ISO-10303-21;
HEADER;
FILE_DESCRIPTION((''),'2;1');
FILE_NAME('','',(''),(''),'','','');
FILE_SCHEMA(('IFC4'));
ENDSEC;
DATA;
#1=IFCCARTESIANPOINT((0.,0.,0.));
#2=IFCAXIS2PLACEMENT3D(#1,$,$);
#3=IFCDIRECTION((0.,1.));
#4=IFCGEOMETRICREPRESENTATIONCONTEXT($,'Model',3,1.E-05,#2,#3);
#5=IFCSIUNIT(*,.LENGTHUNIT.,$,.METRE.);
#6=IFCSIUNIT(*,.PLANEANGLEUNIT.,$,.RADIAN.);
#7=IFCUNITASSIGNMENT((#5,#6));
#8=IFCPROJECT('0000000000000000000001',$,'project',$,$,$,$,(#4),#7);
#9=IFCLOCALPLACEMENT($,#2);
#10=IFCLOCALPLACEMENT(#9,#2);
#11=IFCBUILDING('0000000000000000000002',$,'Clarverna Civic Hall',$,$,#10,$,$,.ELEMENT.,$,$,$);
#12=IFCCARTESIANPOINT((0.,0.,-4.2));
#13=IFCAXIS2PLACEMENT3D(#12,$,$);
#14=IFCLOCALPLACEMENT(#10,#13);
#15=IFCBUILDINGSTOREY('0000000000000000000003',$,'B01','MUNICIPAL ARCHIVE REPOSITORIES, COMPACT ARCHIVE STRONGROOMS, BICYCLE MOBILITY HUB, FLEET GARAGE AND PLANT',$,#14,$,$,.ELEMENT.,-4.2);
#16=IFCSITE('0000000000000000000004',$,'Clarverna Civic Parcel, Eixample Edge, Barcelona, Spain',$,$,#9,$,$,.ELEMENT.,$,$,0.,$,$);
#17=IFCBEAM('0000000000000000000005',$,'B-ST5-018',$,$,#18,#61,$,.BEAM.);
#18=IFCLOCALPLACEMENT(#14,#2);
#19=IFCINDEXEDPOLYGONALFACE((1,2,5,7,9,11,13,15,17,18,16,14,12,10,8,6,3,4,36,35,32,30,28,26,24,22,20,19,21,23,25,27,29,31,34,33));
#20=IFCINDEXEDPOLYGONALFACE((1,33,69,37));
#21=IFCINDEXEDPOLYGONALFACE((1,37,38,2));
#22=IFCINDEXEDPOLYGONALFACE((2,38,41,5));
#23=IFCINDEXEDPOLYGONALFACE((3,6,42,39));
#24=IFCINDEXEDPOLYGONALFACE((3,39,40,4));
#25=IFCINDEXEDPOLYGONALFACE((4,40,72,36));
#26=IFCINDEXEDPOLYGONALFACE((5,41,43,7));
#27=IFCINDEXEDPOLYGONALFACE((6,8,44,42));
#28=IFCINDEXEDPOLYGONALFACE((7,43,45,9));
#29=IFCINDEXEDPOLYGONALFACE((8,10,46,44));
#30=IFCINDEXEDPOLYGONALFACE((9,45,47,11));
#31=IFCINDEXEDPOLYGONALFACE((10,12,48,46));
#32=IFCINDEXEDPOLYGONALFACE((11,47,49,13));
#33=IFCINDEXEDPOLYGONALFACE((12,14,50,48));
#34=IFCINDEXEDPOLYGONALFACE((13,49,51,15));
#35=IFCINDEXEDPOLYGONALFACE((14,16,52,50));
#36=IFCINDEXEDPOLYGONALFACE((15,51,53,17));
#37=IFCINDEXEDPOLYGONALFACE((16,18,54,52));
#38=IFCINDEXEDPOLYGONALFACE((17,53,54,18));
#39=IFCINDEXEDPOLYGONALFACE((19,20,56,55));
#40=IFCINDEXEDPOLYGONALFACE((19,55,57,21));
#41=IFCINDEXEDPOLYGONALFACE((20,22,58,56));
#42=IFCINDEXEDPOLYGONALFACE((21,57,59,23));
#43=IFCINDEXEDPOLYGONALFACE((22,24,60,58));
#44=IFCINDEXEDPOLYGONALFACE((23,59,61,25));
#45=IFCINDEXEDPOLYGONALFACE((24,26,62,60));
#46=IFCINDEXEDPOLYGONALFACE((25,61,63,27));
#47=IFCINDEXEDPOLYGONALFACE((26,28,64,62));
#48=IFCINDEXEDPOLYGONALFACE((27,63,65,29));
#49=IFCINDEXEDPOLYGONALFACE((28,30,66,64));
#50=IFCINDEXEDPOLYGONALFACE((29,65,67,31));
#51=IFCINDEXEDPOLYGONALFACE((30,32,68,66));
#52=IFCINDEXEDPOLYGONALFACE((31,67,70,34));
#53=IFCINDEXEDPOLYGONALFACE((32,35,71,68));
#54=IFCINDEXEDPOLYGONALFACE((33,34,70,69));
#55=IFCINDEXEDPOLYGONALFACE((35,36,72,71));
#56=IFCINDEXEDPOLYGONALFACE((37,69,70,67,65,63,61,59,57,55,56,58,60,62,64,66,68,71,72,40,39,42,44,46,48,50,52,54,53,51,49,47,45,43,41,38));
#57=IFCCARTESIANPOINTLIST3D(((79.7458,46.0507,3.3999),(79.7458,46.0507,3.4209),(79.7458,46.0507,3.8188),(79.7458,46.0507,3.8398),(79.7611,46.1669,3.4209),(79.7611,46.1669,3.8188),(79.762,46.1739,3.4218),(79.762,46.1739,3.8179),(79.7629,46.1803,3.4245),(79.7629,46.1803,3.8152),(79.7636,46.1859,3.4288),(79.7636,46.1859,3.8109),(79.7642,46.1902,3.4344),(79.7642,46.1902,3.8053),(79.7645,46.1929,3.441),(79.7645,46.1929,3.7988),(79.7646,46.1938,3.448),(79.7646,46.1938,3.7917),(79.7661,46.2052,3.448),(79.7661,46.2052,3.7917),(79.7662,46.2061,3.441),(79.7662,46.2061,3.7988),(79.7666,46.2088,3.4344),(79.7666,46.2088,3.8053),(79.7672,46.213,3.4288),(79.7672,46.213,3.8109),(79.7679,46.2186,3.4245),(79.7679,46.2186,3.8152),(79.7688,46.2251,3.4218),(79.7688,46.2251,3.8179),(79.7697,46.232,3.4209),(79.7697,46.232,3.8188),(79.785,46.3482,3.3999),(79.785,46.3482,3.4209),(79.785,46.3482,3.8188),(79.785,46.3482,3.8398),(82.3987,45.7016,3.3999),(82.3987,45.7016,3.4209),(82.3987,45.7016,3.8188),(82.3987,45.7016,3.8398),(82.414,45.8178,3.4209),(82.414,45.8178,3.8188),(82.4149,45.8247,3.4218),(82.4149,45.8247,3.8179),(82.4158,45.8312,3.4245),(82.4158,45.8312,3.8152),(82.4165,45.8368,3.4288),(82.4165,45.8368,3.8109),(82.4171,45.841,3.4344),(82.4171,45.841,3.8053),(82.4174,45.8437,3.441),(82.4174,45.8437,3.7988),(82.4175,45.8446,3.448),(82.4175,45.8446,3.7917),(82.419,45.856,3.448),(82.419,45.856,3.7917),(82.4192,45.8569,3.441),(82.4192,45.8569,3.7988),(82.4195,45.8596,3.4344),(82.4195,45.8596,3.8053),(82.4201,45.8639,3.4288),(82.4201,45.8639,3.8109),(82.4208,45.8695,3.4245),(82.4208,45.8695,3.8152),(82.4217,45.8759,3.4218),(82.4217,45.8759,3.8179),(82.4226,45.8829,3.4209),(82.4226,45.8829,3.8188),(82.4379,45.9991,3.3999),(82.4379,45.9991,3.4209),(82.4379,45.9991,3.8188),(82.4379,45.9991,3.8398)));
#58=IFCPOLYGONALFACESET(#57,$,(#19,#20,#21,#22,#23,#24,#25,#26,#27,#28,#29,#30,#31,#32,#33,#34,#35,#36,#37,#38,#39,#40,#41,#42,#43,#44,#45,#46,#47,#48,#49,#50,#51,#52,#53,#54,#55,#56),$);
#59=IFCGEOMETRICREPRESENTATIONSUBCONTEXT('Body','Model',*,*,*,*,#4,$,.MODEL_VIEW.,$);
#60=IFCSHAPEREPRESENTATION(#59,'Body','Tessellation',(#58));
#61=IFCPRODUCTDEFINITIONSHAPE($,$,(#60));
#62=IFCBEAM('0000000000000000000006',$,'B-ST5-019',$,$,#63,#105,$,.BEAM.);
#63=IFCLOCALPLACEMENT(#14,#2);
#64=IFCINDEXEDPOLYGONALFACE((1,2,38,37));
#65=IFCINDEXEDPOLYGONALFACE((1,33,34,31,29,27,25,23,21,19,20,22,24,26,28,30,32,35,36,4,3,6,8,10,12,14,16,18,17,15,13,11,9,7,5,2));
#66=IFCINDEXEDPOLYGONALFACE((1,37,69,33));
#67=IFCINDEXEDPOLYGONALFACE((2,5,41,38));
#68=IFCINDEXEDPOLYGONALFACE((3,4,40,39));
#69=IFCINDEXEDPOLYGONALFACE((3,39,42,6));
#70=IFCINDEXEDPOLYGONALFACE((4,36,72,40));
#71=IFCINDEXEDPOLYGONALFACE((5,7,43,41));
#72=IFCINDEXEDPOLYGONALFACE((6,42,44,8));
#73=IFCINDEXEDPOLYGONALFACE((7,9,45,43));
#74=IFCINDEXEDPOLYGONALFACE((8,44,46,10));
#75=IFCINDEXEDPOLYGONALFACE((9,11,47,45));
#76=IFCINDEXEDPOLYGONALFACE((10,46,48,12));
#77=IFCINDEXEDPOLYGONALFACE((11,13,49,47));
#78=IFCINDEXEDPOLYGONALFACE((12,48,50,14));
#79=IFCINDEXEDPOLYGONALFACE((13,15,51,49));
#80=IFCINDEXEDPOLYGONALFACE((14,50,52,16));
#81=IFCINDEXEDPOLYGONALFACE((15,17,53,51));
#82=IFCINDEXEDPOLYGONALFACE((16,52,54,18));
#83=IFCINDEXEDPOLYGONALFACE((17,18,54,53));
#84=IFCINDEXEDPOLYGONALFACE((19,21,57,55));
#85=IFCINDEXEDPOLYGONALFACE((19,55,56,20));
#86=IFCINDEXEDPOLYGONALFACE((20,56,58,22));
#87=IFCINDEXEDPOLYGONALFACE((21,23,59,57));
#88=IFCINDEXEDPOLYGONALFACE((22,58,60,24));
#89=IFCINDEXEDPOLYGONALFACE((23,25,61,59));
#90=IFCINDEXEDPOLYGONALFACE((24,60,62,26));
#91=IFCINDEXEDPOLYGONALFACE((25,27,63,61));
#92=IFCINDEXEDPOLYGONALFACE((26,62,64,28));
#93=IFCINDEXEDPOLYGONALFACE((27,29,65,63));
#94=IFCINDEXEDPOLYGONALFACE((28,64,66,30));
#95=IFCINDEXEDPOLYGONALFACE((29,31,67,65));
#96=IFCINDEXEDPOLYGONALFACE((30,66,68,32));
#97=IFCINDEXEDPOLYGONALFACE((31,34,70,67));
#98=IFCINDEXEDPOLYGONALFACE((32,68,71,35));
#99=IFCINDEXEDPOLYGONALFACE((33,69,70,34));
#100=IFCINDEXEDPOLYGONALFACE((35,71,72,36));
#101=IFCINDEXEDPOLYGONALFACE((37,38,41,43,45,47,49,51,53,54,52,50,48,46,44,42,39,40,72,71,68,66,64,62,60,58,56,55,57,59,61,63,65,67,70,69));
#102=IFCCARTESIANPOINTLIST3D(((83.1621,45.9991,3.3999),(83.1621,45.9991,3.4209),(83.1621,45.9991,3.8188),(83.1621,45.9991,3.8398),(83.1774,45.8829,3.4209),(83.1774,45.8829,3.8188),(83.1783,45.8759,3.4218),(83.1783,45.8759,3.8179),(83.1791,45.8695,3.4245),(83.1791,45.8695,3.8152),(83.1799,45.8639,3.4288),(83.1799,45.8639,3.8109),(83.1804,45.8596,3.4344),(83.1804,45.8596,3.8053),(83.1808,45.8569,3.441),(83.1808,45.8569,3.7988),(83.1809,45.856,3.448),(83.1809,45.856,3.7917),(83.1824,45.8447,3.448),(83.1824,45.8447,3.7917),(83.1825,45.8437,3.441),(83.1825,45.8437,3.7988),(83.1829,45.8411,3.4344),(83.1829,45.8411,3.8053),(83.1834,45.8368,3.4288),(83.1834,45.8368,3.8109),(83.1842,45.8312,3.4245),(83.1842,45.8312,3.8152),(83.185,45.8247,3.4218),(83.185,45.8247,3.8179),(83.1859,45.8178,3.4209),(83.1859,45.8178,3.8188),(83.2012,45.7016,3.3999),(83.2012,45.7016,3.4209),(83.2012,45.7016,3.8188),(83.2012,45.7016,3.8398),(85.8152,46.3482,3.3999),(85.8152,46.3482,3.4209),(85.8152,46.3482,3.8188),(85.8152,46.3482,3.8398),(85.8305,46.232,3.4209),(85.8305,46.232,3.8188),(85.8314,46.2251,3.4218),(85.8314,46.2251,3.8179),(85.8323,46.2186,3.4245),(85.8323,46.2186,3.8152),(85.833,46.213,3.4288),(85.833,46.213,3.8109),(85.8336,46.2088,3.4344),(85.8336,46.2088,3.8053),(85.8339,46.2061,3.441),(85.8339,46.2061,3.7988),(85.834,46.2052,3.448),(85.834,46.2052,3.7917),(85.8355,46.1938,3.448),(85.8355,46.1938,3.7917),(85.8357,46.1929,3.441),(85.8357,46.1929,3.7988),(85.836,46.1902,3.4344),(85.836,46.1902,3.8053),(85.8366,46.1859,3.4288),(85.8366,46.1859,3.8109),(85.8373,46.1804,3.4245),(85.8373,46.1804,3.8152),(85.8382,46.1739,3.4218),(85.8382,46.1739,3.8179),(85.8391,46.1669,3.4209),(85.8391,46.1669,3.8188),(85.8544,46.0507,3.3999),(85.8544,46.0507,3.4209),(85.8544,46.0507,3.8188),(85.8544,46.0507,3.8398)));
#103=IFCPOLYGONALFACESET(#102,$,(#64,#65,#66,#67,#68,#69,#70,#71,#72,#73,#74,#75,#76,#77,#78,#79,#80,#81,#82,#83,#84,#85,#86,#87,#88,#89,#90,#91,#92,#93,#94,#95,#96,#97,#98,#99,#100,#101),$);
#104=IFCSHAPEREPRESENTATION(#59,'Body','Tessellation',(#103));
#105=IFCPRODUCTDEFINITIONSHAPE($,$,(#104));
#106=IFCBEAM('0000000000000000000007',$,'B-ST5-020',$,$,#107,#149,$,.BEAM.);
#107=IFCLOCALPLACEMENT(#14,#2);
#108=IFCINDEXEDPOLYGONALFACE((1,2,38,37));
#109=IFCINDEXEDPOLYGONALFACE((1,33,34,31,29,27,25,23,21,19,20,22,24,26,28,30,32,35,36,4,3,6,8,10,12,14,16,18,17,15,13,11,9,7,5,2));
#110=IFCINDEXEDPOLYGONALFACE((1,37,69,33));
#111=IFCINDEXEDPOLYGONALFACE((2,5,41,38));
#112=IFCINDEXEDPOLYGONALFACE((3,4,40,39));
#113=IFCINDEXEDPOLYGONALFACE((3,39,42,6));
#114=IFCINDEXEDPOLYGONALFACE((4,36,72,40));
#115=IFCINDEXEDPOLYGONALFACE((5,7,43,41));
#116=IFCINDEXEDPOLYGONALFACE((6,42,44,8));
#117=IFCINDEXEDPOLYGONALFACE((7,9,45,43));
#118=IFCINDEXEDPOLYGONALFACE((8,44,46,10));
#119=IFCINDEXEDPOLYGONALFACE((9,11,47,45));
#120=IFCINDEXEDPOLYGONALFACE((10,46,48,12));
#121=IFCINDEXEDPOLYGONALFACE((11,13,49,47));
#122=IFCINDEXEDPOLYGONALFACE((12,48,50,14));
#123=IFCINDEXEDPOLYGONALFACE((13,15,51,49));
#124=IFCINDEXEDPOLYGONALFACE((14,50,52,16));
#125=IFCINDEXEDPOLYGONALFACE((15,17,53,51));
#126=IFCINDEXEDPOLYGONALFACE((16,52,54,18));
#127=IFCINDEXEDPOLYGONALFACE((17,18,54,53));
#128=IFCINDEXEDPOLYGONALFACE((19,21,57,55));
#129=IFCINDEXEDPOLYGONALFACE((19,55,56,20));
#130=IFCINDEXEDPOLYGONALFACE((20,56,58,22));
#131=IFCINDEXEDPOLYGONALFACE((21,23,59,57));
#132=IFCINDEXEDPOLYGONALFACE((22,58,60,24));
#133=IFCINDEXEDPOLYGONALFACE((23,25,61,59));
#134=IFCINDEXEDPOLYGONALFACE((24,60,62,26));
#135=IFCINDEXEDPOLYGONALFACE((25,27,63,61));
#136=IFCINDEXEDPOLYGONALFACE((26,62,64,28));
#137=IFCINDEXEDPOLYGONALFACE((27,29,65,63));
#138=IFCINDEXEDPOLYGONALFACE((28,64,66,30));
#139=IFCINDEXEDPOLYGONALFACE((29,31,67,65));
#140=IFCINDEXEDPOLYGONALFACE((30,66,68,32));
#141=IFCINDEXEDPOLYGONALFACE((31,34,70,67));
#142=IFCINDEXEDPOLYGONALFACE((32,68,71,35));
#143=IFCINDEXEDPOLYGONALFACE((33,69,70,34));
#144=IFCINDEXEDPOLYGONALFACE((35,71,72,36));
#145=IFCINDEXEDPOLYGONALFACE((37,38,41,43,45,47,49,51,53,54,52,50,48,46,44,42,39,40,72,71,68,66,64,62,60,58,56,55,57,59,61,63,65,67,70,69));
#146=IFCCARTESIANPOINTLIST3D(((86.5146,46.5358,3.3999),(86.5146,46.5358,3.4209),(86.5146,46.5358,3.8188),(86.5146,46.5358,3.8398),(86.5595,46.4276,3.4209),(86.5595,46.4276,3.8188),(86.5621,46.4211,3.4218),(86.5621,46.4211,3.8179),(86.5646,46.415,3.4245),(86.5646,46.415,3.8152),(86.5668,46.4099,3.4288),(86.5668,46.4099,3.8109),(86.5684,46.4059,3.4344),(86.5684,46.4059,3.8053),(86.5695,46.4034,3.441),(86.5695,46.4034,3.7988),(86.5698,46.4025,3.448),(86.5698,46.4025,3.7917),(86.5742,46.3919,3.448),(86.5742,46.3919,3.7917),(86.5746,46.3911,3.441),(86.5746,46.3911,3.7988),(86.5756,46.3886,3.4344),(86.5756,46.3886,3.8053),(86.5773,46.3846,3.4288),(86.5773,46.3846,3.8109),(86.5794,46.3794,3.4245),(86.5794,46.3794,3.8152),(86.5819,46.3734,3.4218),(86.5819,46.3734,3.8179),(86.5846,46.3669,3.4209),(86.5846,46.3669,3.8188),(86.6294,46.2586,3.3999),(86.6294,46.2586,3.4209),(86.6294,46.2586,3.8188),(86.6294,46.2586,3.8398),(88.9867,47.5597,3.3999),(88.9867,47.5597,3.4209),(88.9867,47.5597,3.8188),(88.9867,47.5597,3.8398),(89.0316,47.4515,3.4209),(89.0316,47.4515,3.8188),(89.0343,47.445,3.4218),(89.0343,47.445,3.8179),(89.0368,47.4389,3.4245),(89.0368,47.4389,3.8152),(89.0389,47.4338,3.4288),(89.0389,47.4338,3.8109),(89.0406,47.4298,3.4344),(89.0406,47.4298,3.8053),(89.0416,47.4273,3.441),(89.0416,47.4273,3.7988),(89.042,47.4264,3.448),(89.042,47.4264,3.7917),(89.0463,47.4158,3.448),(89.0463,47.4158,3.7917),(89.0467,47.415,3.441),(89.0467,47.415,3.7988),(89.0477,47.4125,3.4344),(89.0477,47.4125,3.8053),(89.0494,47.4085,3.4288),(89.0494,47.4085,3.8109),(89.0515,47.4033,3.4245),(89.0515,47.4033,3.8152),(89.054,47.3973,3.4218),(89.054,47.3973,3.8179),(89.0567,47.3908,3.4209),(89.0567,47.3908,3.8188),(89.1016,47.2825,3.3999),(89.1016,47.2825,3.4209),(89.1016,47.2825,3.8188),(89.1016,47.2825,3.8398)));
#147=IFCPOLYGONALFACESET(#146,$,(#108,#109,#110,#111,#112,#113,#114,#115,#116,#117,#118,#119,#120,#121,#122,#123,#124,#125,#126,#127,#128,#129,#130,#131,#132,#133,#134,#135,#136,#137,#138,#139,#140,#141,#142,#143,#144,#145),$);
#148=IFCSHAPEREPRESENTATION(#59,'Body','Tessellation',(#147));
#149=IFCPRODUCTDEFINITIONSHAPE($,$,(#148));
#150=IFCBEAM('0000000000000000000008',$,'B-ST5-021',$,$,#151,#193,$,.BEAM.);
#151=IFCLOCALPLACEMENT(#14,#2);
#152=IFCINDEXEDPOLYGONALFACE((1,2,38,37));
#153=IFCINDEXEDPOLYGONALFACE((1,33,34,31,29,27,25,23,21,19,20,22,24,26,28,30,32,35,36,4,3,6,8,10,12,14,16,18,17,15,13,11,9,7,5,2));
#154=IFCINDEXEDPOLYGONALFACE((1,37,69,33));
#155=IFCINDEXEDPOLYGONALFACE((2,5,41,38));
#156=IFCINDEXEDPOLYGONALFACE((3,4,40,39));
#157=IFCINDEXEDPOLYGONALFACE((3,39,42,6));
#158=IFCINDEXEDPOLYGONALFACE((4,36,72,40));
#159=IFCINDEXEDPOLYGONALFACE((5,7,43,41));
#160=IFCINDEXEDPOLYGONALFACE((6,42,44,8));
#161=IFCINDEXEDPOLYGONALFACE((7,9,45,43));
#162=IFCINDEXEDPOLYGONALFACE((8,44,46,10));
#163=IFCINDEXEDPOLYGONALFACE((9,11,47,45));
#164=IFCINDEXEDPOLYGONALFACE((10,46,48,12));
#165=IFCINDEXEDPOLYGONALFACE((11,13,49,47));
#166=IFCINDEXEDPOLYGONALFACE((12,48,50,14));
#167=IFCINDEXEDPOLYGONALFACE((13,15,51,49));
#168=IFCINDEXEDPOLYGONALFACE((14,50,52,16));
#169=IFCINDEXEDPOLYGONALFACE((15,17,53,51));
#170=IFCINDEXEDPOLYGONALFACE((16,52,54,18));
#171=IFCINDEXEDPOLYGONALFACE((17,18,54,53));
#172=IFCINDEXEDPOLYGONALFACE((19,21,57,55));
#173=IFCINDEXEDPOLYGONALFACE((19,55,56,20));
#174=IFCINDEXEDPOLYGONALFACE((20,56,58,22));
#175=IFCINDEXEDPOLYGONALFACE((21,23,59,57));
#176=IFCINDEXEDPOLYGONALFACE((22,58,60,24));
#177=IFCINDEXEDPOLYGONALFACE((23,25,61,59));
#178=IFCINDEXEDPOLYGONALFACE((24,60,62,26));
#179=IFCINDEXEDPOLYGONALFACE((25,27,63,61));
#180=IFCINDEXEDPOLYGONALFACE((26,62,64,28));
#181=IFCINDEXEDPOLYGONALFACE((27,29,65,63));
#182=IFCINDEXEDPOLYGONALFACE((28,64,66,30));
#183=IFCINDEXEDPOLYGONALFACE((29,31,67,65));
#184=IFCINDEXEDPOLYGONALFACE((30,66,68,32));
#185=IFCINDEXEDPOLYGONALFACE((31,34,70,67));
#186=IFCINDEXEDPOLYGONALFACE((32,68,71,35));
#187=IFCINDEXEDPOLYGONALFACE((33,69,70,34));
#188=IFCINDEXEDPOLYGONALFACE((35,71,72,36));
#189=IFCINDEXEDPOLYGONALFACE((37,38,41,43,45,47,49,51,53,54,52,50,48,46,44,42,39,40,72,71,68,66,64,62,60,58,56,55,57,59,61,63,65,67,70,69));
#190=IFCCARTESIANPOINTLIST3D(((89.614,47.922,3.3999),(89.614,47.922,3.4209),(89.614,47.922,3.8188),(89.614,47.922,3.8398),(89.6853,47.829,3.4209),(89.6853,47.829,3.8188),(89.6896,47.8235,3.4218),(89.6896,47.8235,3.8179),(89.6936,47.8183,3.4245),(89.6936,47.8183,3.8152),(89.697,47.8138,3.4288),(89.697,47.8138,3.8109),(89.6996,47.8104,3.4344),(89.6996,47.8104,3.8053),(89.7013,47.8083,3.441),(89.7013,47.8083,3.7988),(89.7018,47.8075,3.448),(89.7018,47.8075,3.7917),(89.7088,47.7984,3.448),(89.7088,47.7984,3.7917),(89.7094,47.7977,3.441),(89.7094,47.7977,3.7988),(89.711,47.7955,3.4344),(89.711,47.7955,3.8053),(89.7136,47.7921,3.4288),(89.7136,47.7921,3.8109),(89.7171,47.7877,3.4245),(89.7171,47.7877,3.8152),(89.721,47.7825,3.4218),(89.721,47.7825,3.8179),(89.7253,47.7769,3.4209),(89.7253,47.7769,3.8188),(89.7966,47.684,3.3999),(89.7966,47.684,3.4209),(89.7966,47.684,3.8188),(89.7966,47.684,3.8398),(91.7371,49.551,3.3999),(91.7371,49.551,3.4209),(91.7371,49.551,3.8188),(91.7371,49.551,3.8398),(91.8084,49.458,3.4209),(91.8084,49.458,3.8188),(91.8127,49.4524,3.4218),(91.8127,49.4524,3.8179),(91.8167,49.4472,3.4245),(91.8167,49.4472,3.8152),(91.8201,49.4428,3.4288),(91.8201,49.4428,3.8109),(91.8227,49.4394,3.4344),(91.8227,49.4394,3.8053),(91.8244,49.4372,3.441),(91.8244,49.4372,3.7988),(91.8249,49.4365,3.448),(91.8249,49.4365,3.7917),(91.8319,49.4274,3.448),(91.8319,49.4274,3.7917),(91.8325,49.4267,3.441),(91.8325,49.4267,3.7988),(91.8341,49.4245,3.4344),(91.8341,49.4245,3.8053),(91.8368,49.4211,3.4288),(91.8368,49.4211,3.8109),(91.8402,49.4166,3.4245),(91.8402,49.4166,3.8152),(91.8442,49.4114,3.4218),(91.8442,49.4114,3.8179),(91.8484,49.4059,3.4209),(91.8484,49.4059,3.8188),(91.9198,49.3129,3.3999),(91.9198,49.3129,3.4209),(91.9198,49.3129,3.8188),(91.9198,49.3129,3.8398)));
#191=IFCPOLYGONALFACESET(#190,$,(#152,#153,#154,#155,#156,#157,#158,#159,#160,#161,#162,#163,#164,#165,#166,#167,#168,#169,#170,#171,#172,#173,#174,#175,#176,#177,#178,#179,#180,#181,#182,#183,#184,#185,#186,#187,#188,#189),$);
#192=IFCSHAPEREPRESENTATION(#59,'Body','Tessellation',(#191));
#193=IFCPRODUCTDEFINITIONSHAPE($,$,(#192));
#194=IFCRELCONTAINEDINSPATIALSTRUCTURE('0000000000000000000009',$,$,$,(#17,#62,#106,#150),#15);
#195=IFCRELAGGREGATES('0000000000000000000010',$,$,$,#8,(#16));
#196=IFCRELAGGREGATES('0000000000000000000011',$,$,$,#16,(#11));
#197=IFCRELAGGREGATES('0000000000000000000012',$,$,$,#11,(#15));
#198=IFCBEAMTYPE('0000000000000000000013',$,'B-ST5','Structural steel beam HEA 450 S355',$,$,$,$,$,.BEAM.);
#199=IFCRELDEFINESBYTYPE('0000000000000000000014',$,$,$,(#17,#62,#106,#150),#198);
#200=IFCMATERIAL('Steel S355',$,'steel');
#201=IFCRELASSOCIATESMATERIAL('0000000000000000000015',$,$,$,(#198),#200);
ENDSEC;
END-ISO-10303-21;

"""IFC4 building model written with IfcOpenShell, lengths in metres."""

from ifc_helpers import new_model, si_unit, direction, frame, origin, origin_2d, place, context, subcontext, project, spatial, i_section, extrude, material, material_profile, profile_set, type_object, element, save


model = new_model("IFC4")

# Units and contexts
model_context = context("Model", 3, precision=1e-05, world=origin(), true_north=direction((0.0, 1.0)))
body_context = subcontext(model_context, "Body", "Model", "MODEL_VIEW")
ifc_project = project(units=[si_unit("LENGTHUNIT", "METRE"), si_unit("PLANEANGLEUNIT", "RADIAN")], contexts=[model_context])

# Site, building, storey
site_placement = place(None, origin())
site = spatial("IfcSite", under=ifc_project, at=site_placement, Name="Clarverna Civic Parcel, Eixample Edge, Barcelona, Spain", CompositionType="ELEMENT", RefElevation=0.0)
building_placement = place(site_placement, origin())
building = spatial("IfcBuilding", under=site, at=building_placement, Name="Clarverna Civic Hall", CompositionType="ELEMENT")
storey_placement = place(building_placement, frame((0.0, 0.0, -4.2)))
storey = spatial("IfcBuildingStorey", under=building, at=storey_placement, Name="B01", Description="MUNICIPAL ARCHIVE REPOSITORIES, COMPACT ARCHIVE STRONGROOMS, BICYCLE MOBILITY HUB, FLEET GARAGE AND PLANT", CompositionType="ELEMENT", Elevation=-4.2)

# Beams
ifc_material_1 = material(Name="Steel S355", Category="steel")
ifc_material_profile_1 = material_profile(ifc_material_1, i_section(OverallWidth=0.3, OverallDepth=0.4399, WebThickness=0.0115, FlangeThickness=0.021, FilletRadius=0.0271, at=origin_2d()), Name="HEA 450")
ifc_profile_set_1 = profile_set([ifc_material_profile_1], Name="Steel S355")
beam_type_1 = type_object("IfcBeamType", Name="B-ST5", Description="Structural steel beam HEA 450 S355", PredefinedType="BEAM", material=ifc_profile_set_1)
beam_1_placement = place(storey_placement, frame((79.7654, 46.1995, 3.6199), z_axis=(0.991451, -0.130478, 0.0), x_axis=(0.130478, 0.991451, 0.0)))
element("IfcBeam", 1, at=beam_1_placement, inside=storey, type_object=beam_type_1, Name="B-ST5-018", PredefinedType="BEAM", context=body_context, shape_type="SweptSolid", body=[
    extrude(i_section(OverallWidth=0.3, OverallDepth=0.4399, WebThickness=0.0115, FlangeThickness=0.021, FilletRadius=0.0271, at=origin_2d()), origin(), (0.0, 0.0, 1.0), 2.6758),
])
beam_2_placement = place(storey_placement, frame((83.1816, 45.8503, 3.6199), z_axis=(0.991453, 0.130466, 0.0), x_axis=(-0.130466, 0.991453, 0.0)))
element("IfcBeam", 2, at=beam_2_placement, inside=storey, type_object=beam_type_1, Name="B-ST5-019", PredefinedType="BEAM", context=body_context, shape_type="SweptSolid", body=[
    extrude(i_section(OverallWidth=0.3, OverallDepth=0.4399, WebThickness=0.0115, FlangeThickness=0.021, FilletRadius=0.0271, at=origin_2d()), origin(), (0.0, 0.0, 1.0), 2.676),
])
beam_3_placement = place(storey_placement, frame((86.572, 46.3972, 3.6199), z_axis=(0.92389, 0.382658, 0.0), x_axis=(-0.382658, 0.92389, 0.0)))
element("IfcBeam", 3, at=beam_3_placement, inside=storey, type_object=beam_type_1, Name="B-ST5-020", PredefinedType="BEAM", context=body_context, shape_type="SweptSolid", body=[
    extrude(i_section(OverallWidth=0.3, OverallDepth=0.4399, WebThickness=0.0115, FlangeThickness=0.021, FilletRadius=0.0271, at=origin_2d()), origin(), (0.0, 0.0, 1.0), 2.6758),
])
beam_4_placement = place(storey_placement, frame((89.7053, 47.803, 3.6199), z_axis=(0.793383, 0.608723, 0.0), x_axis=(-0.608723, 0.793383, 0.0)))
element("IfcBeam", 4, at=beam_4_placement, inside=storey, type_object=beam_type_1, Name="B-ST5-021", PredefinedType="BEAM", context=body_context, shape_type="SweptSolid", body=[
    extrude(i_section(OverallWidth=0.3, OverallDepth=0.4399, WebThickness=0.0115, FlangeThickness=0.021, FilletRadius=0.0271, at=origin_2d()), origin(), (0.0, 0.0, 1.0), 2.676),
])

save(model, "model.ifc")
